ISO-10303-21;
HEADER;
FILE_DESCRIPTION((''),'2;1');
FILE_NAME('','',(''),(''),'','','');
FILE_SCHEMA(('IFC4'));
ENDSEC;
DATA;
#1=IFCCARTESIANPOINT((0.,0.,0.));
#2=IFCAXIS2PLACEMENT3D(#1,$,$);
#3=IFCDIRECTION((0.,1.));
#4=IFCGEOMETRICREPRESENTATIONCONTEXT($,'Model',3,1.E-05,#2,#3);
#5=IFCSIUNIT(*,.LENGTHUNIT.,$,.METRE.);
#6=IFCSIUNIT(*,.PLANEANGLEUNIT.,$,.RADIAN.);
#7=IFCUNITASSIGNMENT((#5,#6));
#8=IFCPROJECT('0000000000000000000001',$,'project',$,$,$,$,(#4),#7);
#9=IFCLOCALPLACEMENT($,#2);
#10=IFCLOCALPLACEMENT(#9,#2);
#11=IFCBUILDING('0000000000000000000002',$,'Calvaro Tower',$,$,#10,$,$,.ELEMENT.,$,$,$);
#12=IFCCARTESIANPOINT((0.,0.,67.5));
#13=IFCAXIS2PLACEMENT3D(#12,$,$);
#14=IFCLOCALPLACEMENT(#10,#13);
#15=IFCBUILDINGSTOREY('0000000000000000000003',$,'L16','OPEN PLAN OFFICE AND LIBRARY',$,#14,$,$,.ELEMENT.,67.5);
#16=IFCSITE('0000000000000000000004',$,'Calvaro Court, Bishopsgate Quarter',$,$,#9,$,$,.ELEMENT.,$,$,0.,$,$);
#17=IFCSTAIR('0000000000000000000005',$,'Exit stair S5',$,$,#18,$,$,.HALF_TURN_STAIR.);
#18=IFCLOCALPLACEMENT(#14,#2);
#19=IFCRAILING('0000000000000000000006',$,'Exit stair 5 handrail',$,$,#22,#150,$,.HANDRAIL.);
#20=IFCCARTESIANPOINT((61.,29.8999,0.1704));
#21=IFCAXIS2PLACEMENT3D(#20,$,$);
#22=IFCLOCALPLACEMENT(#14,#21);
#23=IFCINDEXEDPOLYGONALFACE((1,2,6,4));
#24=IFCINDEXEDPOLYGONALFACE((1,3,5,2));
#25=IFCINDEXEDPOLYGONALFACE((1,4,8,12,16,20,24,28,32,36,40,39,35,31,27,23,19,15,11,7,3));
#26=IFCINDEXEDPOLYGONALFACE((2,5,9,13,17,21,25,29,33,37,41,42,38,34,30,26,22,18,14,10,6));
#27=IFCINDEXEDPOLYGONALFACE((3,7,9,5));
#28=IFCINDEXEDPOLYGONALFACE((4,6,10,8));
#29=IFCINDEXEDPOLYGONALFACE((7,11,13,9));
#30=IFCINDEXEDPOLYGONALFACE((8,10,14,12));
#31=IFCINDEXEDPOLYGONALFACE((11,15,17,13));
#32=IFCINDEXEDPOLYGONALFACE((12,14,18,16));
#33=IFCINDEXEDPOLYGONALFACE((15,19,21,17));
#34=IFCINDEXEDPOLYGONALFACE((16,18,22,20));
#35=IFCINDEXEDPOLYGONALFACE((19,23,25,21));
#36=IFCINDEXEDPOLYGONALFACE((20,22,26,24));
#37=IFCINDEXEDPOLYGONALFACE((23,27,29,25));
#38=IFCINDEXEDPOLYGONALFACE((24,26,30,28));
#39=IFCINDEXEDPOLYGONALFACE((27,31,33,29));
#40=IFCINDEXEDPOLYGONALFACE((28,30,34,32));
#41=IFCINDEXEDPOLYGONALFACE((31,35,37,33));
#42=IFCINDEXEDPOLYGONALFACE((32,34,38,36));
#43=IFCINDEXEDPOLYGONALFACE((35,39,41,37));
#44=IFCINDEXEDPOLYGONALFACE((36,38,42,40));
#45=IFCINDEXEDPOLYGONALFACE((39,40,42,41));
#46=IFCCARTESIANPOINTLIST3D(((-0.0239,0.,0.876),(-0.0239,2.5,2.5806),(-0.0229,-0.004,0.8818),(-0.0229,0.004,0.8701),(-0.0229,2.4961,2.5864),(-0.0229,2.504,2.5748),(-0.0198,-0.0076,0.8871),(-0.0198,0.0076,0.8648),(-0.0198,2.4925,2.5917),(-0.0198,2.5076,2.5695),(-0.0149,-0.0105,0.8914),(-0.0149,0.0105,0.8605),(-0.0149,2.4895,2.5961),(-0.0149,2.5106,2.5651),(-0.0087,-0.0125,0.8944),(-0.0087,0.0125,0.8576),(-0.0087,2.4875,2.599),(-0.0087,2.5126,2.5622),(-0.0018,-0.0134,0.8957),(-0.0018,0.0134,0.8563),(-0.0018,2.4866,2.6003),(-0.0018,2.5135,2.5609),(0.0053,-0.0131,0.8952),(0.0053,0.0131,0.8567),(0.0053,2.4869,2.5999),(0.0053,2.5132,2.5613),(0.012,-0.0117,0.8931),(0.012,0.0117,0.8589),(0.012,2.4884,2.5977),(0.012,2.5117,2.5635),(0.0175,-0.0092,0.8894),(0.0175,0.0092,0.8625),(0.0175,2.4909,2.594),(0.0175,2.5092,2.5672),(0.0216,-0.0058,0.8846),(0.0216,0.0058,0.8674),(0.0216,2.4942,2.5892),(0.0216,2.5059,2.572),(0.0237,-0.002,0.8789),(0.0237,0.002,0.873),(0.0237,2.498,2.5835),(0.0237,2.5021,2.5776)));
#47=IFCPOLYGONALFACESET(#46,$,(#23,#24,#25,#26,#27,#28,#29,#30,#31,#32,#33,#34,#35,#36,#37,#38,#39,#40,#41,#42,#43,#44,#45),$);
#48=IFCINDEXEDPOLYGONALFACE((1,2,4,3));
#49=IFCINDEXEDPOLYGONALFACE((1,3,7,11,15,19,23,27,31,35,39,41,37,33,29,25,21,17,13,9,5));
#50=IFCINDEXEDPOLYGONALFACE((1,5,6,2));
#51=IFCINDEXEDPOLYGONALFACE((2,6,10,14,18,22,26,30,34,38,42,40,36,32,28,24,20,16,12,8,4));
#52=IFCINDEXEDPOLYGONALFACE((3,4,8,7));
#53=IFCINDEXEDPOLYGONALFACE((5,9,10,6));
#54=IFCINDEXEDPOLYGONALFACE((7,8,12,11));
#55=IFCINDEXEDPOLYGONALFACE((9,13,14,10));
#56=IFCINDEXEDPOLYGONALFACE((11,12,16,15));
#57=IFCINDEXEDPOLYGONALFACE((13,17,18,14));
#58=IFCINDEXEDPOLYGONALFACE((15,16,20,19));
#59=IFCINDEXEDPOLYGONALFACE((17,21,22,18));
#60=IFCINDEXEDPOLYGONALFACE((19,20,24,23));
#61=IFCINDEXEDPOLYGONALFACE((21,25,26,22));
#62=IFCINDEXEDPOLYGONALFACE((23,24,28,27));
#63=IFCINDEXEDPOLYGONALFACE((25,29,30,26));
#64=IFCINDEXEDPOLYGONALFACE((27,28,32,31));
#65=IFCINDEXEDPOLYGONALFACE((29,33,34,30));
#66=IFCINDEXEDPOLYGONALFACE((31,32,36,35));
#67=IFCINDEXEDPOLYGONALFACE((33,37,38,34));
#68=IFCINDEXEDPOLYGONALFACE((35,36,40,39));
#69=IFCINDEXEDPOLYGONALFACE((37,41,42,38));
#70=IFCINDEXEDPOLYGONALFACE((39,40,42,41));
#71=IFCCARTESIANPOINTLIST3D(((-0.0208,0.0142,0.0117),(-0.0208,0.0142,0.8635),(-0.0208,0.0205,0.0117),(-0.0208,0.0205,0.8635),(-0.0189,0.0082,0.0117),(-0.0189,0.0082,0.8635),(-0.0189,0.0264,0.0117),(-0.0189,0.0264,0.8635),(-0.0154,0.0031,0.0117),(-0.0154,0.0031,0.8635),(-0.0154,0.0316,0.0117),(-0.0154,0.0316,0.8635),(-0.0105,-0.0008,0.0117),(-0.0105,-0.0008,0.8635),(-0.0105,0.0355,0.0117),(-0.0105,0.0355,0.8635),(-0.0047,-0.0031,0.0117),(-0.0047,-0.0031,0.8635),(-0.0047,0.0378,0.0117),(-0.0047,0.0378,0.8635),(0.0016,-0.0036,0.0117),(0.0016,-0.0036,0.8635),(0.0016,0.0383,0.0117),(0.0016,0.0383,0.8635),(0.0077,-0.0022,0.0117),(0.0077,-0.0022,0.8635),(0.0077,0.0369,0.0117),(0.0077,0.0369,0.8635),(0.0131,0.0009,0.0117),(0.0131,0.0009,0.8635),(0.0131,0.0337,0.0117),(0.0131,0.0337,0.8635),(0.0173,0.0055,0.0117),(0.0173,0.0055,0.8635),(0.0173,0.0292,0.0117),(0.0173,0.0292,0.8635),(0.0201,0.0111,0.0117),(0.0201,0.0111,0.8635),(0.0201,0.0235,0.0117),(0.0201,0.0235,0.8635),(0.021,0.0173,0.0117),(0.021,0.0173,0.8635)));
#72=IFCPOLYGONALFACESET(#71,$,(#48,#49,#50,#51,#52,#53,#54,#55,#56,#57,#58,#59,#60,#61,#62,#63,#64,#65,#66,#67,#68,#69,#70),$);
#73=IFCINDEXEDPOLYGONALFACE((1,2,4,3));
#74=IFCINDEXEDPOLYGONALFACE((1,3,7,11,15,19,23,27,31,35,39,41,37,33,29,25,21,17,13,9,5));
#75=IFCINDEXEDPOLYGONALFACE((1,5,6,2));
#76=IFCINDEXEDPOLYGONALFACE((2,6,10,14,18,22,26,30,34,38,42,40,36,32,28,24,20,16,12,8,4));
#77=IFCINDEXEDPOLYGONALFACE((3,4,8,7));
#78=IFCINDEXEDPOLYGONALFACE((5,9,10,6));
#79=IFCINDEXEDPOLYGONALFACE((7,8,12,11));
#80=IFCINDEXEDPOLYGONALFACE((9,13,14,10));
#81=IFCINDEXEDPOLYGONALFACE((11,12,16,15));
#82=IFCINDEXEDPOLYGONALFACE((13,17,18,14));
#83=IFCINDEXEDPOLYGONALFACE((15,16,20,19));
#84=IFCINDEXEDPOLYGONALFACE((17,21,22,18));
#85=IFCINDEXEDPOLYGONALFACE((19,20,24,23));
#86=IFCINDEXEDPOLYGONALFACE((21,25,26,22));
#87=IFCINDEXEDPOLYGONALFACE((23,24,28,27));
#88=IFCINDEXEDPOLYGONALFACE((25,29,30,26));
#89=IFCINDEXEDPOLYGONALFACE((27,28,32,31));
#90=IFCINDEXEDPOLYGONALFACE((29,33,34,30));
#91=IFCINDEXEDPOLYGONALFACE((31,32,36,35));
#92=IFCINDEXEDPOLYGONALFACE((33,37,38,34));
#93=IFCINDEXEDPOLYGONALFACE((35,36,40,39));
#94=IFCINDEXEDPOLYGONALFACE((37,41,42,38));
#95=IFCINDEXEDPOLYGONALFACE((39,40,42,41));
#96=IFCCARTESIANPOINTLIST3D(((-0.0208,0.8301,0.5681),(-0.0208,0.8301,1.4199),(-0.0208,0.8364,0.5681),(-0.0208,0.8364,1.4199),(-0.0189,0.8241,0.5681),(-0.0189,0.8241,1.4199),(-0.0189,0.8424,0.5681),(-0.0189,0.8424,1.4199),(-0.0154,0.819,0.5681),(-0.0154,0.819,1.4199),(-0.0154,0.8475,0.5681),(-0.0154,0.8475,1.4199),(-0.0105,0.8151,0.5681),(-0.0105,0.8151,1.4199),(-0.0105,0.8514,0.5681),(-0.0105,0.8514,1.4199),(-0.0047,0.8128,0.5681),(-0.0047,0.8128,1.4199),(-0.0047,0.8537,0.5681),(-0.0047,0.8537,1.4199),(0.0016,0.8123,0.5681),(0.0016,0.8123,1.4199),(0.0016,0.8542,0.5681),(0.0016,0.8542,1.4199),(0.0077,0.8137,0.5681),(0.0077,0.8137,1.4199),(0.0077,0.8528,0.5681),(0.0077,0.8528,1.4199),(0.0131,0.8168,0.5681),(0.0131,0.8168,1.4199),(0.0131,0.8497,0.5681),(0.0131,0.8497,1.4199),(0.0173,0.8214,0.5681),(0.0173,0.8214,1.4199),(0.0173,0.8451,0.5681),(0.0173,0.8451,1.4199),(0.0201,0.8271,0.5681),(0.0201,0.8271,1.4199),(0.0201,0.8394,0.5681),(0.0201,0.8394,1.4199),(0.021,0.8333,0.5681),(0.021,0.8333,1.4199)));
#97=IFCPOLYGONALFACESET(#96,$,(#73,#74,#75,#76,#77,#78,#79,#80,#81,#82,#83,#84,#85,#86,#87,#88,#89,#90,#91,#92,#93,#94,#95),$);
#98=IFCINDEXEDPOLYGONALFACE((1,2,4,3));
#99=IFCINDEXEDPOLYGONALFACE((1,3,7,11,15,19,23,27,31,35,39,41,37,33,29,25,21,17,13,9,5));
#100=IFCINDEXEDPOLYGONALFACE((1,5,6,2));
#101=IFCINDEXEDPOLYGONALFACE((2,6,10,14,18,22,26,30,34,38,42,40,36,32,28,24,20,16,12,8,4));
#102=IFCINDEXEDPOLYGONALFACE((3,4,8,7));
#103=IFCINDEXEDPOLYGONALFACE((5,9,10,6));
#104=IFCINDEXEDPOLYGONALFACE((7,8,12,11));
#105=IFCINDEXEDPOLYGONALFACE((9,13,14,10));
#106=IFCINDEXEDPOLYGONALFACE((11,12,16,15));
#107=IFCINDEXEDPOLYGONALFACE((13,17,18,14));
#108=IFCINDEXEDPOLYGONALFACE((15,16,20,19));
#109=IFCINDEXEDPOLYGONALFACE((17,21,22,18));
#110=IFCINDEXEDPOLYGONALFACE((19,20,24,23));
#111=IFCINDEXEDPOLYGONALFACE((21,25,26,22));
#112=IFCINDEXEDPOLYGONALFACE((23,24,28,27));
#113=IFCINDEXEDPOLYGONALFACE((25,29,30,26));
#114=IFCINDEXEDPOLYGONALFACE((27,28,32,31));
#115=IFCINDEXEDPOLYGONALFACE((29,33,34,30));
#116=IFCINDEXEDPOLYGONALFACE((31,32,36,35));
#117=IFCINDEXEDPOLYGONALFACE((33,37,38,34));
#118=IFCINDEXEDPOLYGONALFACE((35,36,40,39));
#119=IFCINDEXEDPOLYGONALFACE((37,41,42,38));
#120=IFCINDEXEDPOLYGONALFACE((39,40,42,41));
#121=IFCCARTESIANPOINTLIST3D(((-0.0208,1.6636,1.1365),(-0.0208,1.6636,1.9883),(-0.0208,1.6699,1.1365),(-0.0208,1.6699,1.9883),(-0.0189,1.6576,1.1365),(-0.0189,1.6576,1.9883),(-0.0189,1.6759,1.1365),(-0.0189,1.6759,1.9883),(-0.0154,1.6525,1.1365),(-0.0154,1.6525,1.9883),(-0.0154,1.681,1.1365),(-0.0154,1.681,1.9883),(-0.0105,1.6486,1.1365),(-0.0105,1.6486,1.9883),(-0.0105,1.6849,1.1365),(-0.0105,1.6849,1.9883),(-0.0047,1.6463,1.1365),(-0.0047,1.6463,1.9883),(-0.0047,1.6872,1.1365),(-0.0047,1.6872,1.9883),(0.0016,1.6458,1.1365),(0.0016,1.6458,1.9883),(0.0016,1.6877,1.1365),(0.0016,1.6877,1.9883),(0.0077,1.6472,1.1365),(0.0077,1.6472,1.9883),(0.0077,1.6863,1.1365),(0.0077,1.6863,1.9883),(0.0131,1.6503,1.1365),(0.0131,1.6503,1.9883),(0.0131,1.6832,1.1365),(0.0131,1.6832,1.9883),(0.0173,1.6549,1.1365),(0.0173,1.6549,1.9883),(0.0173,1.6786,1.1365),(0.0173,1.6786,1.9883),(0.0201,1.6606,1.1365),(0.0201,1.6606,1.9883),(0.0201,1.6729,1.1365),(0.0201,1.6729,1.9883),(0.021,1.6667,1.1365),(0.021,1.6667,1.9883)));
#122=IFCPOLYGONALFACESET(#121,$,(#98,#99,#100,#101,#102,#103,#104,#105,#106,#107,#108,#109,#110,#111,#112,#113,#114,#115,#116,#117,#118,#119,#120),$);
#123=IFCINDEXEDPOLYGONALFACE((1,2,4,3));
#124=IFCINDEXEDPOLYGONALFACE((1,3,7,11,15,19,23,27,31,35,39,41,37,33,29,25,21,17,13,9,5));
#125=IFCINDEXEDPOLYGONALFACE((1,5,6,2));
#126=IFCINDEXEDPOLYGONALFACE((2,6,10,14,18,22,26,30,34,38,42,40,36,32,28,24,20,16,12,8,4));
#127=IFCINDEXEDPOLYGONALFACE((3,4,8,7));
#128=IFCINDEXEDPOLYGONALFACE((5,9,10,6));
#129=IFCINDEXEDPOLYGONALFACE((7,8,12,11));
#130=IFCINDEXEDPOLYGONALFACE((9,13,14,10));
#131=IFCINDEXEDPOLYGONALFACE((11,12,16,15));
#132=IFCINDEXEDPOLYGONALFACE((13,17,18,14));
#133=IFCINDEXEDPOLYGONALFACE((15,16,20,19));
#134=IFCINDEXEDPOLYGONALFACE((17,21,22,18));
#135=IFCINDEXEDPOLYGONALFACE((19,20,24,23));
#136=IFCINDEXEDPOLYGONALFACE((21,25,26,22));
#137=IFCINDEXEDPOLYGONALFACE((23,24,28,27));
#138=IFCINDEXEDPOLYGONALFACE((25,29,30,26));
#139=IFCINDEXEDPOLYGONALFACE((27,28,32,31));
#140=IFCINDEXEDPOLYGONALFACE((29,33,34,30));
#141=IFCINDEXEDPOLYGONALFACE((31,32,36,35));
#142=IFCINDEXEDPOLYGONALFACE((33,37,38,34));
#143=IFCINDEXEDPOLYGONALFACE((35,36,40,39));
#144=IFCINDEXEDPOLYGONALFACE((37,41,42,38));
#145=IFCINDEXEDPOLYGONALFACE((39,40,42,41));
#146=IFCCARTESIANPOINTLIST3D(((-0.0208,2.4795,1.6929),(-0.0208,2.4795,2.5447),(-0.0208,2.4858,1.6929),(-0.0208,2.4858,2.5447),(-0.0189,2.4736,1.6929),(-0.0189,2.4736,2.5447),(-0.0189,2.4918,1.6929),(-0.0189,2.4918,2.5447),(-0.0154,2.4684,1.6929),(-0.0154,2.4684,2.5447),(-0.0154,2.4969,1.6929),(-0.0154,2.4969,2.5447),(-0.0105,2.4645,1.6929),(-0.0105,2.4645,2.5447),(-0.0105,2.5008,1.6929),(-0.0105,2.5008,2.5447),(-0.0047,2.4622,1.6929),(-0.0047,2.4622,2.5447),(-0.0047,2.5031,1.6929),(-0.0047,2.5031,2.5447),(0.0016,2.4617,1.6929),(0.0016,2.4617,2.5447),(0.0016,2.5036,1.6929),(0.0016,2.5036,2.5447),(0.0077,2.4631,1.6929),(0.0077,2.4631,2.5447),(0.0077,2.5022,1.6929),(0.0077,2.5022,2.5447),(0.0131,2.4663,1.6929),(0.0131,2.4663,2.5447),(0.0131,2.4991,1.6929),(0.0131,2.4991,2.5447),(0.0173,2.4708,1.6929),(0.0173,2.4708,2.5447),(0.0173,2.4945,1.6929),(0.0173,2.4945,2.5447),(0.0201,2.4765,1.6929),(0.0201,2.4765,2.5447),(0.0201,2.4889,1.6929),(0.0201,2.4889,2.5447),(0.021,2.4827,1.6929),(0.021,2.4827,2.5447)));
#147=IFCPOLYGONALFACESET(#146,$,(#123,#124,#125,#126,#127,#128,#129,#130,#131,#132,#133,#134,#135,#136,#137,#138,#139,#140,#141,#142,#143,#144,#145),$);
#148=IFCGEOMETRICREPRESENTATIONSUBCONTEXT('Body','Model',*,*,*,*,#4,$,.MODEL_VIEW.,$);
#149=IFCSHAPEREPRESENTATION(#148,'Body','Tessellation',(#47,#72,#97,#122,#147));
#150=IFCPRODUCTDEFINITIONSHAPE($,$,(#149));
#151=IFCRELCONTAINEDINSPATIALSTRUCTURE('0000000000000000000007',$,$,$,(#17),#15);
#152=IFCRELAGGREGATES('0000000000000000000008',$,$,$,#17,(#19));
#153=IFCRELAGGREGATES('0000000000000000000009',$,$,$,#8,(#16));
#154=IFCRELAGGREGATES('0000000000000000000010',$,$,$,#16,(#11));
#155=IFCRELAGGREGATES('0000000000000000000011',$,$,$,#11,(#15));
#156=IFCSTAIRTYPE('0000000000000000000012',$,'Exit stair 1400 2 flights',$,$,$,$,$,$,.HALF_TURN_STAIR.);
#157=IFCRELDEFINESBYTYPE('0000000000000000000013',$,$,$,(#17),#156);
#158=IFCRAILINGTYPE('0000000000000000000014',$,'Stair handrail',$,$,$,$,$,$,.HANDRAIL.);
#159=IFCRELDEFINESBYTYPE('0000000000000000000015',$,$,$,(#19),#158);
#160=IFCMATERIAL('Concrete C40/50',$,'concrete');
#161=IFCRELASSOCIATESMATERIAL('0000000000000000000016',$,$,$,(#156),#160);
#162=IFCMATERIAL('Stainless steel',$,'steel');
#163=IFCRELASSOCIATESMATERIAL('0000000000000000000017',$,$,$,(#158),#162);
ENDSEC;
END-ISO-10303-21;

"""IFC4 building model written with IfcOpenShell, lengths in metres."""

from ifc_helpers import new_model, si_unit, direction, frame, origin, origin_2d, place, context, subcontext, project, spatial, circle, extrude, material, type_object, element, aggregate, save


model = new_model("IFC4")

# Units and contexts
model_context = context("Model", 3, precision=1e-05, world=origin(), true_north=direction((0.0, 1.0)))
body_context = subcontext(model_context, "Body", "Model", "MODEL_VIEW")
ifc_project = project(units=[si_unit("LENGTHUNIT", "METRE"), si_unit("PLANEANGLEUNIT", "RADIAN")], contexts=[model_context])

# Site, building, storey
site_placement = place(None, origin())
site = spatial("IfcSite", under=ifc_project, at=site_placement, Name="Calvaro Court, Bishopsgate Quarter", CompositionType="ELEMENT", RefElevation=0.0)
building_placement = place(site_placement, origin())
building = spatial("IfcBuilding", under=site, at=building_placement, Name="Calvaro Tower", CompositionType="ELEMENT")
storey_placement = place(building_placement, frame((0.0, 0.0, 67.5)))
storey = spatial("IfcBuildingStorey", under=building, at=storey_placement, Name="L16", Description="OPEN PLAN OFFICE AND LIBRARY", CompositionType="ELEMENT", Elevation=67.5)

# Stair, railing
ifc_material_1 = material(Name="Concrete C40/50", Category="concrete")
stair_type = type_object("IfcStairType", Name="Exit stair 1400 2 flights", PredefinedType="HALF_TURN_STAIR", material=ifc_material_1)
stair_placement = place(storey_placement, origin())
stair = element("IfcStair", 1, at=stair_placement, inside=storey, type_object=stair_type, Name="Exit stair S5", PredefinedType="HALF_TURN_STAIR")
ifc_material_2 = material(Name="Stainless steel", Category="steel")
railing_type = type_object("IfcRailingType", Name="Stair handrail", PredefinedType="HANDRAIL", material=ifc_material_2)
railing_placement = place(storey_placement, frame((61.0, 29.8999, 0.1704)))
railing = element("IfcRailing", 2, at=railing_placement, type_object=railing_type, Name="Exit stair 5 handrail", PredefinedType="HANDRAIL", context=body_context, shape_type="SweptSolid", body=[
    extrude(circle(Radius=0.0239, at=origin_2d()), frame((0.0, 0.0, 0.876), z_axis=(0.0, 0.826221, 0.563347), x_axis=(-1.0, 0.0, 0.0)), (0.0, 0.0, 1.0), 3.0259),
    extrude(circle(Radius=0.021, at=origin_2d()), frame((0.0, 0.0173, 0.0117)), (0.0, 0.0, 1.0), 0.8518),
    extrude(circle(Radius=0.021, at=origin_2d()), frame((0.0, 0.8333, 0.5681)), (0.0, 0.0, 1.0), 0.8518),
    extrude(circle(Radius=0.021, at=origin_2d()), frame((0.0, 1.6667, 1.1365)), (0.0, 0.0, 1.0), 0.8518),
    extrude(circle(Radius=0.021, at=origin_2d()), frame((0.0, 2.4827, 1.6929)), (0.0, 0.0, 1.0), 0.8518),
])
aggregate(stair, [railing])

save(model, "model.ifc")
